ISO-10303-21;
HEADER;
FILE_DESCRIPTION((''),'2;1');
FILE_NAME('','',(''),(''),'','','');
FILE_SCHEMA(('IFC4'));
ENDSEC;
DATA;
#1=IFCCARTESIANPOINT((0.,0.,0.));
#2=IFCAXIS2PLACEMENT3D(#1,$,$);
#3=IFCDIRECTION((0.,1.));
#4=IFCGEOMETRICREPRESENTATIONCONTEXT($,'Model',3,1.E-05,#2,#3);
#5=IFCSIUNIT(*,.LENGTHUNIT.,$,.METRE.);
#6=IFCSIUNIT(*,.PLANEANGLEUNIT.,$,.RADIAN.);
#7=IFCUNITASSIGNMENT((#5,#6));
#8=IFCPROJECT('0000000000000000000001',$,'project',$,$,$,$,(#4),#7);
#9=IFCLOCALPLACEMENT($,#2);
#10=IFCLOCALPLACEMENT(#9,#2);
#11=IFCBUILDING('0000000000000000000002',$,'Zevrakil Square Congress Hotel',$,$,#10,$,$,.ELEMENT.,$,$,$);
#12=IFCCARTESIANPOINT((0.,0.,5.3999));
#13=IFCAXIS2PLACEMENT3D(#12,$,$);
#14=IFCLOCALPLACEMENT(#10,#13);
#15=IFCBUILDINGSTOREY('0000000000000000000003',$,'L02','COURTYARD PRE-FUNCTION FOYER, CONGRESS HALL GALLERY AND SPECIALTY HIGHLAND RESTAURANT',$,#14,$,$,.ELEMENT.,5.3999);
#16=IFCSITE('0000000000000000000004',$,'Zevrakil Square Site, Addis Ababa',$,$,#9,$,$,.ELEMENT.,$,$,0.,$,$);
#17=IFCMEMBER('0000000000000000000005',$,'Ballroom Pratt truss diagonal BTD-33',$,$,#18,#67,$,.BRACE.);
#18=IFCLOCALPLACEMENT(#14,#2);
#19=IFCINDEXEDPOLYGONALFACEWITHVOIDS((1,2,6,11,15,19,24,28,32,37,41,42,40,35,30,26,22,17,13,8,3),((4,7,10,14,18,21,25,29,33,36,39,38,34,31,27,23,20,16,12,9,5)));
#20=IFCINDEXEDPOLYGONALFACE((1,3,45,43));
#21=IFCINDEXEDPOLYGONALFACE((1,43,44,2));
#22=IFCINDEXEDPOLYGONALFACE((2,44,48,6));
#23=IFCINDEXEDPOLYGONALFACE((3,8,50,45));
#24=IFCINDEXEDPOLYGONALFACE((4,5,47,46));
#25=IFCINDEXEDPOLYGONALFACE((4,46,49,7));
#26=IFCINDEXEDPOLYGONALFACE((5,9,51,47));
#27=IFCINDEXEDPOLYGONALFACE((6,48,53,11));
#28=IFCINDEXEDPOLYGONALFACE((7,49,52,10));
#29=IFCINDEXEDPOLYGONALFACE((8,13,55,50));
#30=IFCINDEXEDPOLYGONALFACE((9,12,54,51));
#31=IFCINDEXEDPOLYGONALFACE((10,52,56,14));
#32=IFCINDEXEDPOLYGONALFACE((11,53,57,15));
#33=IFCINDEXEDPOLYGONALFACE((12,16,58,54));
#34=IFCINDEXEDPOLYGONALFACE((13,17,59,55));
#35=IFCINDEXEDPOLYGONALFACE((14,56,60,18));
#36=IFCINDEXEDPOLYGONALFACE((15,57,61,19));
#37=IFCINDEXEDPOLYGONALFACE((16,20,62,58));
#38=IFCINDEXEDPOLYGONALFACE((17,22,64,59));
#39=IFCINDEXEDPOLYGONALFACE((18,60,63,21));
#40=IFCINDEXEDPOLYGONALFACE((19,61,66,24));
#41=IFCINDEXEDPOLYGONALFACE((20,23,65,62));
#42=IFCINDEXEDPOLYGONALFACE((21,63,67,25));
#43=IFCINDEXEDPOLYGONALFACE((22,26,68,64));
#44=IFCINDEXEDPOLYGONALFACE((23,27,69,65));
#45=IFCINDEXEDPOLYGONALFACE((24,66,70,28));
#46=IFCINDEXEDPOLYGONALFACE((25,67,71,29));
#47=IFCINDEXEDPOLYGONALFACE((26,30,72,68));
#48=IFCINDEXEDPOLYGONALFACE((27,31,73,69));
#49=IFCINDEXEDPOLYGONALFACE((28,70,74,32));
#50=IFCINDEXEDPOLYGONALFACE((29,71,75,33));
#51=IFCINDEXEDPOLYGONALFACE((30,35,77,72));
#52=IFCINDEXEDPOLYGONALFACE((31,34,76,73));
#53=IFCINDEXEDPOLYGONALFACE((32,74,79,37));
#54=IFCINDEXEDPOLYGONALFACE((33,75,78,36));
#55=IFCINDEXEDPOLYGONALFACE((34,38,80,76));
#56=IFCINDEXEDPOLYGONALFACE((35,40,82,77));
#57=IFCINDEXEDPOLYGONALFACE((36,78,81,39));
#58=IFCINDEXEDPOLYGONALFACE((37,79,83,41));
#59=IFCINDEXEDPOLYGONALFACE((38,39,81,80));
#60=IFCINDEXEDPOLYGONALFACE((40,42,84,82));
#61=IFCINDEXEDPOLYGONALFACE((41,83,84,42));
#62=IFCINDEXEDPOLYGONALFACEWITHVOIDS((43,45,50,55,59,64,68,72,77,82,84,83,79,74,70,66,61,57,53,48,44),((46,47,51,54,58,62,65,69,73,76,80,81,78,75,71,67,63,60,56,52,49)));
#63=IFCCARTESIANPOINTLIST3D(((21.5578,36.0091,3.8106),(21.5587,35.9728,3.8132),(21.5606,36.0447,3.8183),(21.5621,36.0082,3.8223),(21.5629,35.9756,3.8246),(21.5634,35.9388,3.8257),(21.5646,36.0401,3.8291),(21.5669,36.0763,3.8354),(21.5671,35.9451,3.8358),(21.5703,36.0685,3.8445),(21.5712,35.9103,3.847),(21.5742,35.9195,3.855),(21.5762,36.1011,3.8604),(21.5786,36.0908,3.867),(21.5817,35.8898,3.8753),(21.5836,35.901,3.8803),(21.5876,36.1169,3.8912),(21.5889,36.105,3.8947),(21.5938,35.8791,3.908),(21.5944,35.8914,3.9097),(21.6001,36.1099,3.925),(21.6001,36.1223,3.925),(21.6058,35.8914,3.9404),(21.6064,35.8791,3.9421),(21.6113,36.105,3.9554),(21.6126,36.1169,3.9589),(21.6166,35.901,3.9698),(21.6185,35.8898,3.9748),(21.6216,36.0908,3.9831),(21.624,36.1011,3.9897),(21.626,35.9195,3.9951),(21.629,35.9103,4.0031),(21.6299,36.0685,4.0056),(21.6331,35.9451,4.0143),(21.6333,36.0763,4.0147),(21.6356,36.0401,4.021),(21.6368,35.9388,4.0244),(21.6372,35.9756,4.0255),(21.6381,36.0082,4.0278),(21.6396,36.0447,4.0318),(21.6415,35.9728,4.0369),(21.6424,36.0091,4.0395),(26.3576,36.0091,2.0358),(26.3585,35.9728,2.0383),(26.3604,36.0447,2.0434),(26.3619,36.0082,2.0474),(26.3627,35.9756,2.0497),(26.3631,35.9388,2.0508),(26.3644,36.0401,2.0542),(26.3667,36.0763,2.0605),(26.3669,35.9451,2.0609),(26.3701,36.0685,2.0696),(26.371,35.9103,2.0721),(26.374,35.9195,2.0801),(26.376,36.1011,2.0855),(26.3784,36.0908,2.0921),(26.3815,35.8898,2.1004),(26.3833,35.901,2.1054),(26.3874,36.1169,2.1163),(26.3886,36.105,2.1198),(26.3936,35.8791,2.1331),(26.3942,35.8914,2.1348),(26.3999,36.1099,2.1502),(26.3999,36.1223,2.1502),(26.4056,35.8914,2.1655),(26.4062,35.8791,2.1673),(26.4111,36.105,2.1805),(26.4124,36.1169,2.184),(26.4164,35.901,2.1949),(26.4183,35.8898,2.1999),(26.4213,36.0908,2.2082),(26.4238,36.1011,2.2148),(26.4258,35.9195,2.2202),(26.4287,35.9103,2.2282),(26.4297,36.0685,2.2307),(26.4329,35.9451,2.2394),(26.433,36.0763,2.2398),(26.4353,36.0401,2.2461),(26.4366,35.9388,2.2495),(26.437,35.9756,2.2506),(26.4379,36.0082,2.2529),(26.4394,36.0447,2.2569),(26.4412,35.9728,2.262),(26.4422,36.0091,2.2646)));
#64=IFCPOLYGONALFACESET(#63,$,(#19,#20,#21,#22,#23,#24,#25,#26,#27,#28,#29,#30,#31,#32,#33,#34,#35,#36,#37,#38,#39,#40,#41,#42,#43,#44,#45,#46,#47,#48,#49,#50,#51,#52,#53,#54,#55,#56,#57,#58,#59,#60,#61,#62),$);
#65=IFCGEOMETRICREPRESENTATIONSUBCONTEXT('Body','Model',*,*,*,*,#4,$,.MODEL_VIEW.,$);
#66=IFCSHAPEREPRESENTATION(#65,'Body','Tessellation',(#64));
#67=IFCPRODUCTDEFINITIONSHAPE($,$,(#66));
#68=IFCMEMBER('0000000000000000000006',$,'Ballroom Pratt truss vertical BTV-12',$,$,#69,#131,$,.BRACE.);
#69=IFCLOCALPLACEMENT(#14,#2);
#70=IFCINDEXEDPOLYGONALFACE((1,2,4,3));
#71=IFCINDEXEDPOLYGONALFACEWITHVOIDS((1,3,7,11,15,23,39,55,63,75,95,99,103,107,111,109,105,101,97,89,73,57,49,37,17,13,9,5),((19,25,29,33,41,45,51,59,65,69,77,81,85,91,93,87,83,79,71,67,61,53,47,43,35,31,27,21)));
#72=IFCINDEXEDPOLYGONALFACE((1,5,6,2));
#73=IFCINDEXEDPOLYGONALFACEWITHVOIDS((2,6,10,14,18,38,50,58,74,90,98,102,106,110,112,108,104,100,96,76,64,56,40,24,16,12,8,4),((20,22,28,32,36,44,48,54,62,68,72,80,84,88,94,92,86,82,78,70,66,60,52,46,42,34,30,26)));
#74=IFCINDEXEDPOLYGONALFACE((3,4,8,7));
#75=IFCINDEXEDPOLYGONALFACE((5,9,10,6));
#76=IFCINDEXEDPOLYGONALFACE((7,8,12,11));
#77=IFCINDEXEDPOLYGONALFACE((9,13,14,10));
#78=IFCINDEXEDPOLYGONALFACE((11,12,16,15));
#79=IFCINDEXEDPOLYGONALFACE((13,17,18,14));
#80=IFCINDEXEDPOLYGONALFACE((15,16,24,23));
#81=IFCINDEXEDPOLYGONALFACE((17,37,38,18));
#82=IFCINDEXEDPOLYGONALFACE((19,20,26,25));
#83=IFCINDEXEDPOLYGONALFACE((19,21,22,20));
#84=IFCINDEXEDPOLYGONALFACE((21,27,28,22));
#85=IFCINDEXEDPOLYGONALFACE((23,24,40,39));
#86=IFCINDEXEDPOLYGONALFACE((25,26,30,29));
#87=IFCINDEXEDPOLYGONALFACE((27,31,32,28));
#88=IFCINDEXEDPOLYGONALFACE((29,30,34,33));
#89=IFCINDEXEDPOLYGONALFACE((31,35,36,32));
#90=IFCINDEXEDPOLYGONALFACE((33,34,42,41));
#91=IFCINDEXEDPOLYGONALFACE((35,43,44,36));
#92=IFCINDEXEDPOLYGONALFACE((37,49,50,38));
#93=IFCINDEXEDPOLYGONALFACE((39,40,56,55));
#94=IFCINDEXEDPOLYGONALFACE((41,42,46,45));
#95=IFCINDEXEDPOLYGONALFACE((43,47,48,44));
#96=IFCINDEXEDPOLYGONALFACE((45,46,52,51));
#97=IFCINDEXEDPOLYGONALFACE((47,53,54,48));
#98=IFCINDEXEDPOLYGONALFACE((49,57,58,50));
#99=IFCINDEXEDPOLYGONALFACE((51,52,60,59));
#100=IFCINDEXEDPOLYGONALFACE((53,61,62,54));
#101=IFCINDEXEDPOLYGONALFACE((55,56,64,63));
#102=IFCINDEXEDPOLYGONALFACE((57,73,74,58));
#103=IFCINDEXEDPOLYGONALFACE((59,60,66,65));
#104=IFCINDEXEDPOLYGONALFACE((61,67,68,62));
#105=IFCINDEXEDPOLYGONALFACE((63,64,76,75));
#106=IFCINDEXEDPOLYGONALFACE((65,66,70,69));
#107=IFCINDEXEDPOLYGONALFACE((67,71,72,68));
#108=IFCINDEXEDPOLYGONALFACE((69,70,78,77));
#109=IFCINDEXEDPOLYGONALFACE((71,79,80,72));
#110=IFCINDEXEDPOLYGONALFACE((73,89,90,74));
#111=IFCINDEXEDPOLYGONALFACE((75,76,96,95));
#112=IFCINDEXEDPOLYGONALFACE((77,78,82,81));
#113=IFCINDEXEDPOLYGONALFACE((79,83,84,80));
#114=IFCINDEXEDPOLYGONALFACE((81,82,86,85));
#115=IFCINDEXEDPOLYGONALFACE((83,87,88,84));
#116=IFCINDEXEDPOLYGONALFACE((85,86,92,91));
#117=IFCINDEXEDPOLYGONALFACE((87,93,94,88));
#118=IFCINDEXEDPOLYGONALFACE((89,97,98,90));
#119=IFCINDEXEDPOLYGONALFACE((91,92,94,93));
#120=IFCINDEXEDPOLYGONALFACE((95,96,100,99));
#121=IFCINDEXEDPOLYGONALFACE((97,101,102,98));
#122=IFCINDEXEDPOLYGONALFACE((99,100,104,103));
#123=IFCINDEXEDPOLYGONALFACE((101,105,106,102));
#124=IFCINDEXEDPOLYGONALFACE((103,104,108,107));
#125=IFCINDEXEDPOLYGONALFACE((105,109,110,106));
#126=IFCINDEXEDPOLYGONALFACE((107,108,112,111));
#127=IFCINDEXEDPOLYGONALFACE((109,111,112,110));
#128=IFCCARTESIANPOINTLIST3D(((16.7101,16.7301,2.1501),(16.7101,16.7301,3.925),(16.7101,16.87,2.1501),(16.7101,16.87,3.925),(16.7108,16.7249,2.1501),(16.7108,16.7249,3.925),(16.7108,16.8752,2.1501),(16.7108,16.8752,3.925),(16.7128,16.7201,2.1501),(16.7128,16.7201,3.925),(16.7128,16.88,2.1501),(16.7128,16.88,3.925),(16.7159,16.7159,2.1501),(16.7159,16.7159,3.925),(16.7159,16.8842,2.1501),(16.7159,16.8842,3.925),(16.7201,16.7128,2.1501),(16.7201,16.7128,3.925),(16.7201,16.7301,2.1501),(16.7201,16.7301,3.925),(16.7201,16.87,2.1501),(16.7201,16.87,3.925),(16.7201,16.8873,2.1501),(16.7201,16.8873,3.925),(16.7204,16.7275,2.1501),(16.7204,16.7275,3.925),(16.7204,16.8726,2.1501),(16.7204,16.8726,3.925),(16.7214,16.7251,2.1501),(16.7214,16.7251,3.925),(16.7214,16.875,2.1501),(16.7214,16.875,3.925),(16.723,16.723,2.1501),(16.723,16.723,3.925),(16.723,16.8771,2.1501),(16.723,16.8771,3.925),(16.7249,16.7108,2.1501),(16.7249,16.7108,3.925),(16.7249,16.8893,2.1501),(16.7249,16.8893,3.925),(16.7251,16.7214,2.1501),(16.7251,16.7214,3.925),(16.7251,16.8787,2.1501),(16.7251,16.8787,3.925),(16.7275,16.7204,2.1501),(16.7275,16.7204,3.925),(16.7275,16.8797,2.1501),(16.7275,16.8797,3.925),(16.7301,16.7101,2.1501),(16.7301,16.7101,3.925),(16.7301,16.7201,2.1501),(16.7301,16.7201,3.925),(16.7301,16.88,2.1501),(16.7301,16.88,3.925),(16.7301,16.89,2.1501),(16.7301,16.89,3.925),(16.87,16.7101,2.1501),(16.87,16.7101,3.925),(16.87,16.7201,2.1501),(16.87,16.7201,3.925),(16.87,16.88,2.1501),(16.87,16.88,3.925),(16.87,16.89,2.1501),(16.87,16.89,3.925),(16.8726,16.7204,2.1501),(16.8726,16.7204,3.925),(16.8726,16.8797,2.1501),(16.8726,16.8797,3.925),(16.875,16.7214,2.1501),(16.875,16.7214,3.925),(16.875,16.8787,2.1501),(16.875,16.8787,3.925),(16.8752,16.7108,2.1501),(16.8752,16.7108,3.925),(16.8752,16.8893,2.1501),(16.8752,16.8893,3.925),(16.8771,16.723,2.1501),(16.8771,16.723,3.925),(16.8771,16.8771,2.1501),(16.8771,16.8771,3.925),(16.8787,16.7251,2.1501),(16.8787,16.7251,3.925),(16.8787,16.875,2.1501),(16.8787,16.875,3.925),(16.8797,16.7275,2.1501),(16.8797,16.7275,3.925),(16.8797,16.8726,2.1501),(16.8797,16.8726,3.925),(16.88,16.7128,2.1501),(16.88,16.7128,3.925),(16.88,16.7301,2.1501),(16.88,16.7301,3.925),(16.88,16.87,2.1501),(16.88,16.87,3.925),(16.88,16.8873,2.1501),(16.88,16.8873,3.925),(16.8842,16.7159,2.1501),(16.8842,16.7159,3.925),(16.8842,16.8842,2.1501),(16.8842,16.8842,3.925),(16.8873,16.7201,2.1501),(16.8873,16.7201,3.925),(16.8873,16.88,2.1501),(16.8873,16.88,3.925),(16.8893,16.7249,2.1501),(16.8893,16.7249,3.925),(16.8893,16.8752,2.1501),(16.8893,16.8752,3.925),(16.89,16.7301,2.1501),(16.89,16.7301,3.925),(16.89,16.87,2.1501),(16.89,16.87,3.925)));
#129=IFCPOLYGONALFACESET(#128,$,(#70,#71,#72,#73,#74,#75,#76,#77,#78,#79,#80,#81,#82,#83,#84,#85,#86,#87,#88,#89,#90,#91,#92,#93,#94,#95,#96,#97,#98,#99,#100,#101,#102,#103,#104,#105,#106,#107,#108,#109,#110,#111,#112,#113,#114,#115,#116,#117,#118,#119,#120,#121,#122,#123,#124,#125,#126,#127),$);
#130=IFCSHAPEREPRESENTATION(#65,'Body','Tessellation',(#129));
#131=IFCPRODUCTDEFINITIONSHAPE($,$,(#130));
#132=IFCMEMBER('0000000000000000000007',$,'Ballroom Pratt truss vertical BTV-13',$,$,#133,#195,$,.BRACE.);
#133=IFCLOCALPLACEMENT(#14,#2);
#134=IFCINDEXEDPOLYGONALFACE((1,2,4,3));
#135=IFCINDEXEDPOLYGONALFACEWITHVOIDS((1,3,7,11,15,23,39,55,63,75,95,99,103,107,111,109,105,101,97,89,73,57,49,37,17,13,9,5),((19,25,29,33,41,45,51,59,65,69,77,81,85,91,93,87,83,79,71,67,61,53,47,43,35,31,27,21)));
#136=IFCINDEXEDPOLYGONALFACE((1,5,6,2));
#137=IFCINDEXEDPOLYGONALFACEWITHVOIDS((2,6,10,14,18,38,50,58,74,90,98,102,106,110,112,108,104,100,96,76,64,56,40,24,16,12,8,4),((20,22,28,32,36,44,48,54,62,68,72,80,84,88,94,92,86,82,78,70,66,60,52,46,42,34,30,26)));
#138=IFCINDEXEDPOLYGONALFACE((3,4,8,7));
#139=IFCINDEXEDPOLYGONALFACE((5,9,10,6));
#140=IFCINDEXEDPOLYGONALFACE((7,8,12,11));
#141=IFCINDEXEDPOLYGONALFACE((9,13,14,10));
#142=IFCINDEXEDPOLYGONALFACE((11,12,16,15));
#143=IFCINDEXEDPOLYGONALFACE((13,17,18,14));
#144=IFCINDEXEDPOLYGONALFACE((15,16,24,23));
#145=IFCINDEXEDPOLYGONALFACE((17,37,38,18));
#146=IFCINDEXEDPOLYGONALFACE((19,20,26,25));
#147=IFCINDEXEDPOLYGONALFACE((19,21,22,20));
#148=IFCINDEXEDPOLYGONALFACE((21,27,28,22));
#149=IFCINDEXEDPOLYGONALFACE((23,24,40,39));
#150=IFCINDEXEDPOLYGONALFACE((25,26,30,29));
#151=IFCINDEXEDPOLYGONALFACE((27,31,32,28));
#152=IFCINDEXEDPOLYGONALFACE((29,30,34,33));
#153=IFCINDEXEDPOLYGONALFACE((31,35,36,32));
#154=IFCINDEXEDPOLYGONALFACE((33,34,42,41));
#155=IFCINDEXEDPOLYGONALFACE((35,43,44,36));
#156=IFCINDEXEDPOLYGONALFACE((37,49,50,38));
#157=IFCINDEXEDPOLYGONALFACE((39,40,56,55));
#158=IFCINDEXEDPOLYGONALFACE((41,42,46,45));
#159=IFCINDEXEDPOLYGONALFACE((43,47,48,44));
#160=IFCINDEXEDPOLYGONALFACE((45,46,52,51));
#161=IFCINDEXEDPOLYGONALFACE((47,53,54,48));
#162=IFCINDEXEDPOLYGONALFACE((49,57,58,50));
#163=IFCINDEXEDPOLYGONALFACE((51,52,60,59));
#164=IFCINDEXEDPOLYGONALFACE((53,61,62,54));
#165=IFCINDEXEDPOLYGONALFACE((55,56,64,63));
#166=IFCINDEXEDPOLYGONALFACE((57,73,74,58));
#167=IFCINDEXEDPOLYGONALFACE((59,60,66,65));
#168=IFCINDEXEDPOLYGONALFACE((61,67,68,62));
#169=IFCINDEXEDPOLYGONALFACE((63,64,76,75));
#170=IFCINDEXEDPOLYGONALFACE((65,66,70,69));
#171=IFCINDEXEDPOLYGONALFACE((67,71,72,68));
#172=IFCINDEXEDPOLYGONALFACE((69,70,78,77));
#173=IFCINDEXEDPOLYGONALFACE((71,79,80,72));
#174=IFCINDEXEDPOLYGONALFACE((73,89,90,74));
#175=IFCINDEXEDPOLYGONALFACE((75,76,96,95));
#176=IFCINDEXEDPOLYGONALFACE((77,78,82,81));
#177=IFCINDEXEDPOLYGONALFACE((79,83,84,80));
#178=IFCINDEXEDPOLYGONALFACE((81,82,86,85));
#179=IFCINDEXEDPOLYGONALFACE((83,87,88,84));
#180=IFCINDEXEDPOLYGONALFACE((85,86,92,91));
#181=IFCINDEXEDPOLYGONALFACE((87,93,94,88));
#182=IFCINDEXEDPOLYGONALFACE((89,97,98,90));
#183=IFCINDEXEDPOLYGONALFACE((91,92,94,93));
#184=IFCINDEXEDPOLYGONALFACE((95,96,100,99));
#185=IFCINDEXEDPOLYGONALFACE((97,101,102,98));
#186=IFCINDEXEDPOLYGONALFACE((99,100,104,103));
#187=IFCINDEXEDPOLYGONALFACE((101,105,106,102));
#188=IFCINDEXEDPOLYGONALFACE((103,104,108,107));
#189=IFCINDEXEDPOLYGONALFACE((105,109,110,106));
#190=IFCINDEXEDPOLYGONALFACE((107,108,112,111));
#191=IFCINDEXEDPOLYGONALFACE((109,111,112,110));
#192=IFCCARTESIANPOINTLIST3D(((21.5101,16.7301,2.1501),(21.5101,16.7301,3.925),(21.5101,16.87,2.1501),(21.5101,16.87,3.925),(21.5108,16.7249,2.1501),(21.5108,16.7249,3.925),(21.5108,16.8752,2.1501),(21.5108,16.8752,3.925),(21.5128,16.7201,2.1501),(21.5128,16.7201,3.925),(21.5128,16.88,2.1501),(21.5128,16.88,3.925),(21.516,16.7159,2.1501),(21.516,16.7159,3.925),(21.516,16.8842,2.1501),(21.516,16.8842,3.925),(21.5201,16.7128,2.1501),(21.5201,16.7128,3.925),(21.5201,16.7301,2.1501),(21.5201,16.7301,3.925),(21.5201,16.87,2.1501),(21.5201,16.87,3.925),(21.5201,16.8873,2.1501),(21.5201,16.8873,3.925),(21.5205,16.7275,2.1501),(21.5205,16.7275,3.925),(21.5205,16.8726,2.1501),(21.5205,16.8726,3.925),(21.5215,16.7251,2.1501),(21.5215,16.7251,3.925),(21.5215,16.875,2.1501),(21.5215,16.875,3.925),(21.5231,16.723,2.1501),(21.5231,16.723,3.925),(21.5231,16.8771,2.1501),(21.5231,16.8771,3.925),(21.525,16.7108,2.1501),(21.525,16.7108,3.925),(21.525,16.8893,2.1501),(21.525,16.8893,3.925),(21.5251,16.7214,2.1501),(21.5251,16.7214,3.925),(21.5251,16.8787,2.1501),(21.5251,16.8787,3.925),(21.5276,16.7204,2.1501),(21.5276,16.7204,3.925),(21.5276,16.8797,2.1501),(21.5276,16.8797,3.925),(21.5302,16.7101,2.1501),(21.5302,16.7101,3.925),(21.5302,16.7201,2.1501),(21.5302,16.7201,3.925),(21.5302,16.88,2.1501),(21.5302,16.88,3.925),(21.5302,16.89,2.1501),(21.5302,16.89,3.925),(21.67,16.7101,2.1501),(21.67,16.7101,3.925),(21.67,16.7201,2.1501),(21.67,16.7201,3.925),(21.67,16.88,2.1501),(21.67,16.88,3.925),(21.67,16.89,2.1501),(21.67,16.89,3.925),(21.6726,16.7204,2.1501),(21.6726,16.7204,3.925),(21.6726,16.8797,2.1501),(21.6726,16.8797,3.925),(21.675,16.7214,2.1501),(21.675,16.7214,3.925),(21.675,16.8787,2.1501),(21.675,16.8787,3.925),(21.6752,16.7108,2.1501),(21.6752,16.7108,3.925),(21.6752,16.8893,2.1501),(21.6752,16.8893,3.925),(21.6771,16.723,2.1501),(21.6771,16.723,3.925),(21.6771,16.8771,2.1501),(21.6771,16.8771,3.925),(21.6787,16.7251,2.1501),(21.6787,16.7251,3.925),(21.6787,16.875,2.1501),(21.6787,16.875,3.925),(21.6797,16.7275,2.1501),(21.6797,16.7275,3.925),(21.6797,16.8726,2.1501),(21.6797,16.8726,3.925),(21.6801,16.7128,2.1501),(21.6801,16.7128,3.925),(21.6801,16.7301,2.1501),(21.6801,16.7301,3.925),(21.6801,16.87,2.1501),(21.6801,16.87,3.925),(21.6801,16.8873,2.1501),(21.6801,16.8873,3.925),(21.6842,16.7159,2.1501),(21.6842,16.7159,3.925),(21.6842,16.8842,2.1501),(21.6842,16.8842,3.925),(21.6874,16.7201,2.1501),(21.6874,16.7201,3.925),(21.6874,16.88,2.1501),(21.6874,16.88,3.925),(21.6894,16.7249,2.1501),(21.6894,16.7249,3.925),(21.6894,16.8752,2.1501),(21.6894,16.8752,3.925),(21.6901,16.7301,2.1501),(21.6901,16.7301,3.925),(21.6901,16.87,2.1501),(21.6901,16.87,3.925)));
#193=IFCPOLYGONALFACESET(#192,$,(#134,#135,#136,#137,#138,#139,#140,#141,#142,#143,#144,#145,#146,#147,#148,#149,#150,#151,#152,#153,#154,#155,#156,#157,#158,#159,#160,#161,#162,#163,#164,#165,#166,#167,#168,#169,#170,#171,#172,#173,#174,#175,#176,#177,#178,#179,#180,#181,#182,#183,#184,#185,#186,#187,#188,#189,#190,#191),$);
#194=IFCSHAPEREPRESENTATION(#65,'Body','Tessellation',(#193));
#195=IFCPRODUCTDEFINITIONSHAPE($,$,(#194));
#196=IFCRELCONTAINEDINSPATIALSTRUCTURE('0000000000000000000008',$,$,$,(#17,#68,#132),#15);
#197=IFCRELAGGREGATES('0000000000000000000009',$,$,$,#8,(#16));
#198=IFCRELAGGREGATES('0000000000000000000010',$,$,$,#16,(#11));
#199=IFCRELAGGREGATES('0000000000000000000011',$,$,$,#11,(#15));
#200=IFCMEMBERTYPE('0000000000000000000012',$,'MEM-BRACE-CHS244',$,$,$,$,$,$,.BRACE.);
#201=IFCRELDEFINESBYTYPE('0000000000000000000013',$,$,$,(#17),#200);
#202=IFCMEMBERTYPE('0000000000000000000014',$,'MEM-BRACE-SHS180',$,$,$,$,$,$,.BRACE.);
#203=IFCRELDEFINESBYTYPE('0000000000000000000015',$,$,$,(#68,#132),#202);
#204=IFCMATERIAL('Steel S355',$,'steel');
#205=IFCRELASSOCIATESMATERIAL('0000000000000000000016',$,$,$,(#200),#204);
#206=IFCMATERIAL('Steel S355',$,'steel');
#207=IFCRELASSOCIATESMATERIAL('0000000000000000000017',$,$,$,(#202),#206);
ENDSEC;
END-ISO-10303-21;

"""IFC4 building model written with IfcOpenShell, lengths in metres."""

from ifc_helpers import new_model, si_unit, direction, frame, origin, origin_2d, place, context, subcontext, project, spatial, hollow_rectangle, hollow_circle, extrude, material, material_profile, profile_set, type_object, element, save


model = new_model("IFC4")

# Units and contexts
model_context = context("Model", 3, precision=1e-05, world=origin(), true_north=direction((0.0, 1.0)))
body_context = subcontext(model_context, "Body", "Model", "MODEL_VIEW")
ifc_project = project(units=[si_unit("LENGTHUNIT", "METRE"), si_unit("PLANEANGLEUNIT", "RADIAN")], contexts=[model_context])

# Site, building, storey
site_placement = place(None, origin())
site = spatial("IfcSite", under=ifc_project, at=site_placement, Name="Zevrakil Square Site, Addis Ababa", CompositionType="ELEMENT", RefElevation=0.0)
building_placement = place(site_placement, origin())
building = spatial("IfcBuilding", under=site, at=building_placement, Name="Zevrakil Square Congress Hotel", CompositionType="ELEMENT")
storey_placement = place(building_placement, frame((0.0, 0.0, 5.3999)))
storey = spatial("IfcBuildingStorey", under=building, at=storey_placement, Name="L02", Description="COURTYARD PRE-FUNCTION FOYER, CONGRESS HALL GALLERY AND SPECIALTY HIGHLAND RESTAURANT", CompositionType="ELEMENT", Elevation=5.3999)

# Members
ifc_material_1 = material(Name="Steel S355", Category="steel")
ifc_material_profile_1 = material_profile(ifc_material_1, hollow_circle(Radius=0.1223, WallThickness=0.0125, at=origin_2d()), Name="CHS 244.5x12.5")
ifc_profile_set_1 = profile_set([ifc_material_profile_1], Name="Steel S355")
member_type_1 = type_object("IfcMemberType", Name="MEM-BRACE-CHS244", PredefinedType="BRACE", material=ifc_profile_set_1)
member_1_placement = place(storey_placement, frame((21.6001, 36.0, 3.925), z_axis=(0.937927, 0.0, -0.346833), x_axis=(0.0, 1.0, 0.0)))
element("IfcMember", 1, at=member_1_placement, inside=storey, type_object=member_type_1, Name="Ballroom Pratt truss diagonal BTD-33", PredefinedType="BRACE", context=body_context, shape_type="SweptSolid", body=[
    extrude(hollow_circle(Radius=0.1223, WallThickness=0.0125, at=origin_2d()), origin(), (0.0, 0.0, 1.0), 5.1174),
])
ifc_material_2 = material(Name="Steel S355", Category="steel")
ifc_material_profile_2 = material_profile(ifc_material_2, hollow_rectangle(XDim=0.1799, YDim=0.1799, WallThickness=0.01, InnerFilletRadius=0.01, OuterFilletRadius=0.02, at=origin_2d()), Name="SHS 180x180x10")
ifc_profile_set_2 = profile_set([ifc_material_profile_2], Name="Steel S355")
member_type_2 = type_object("IfcMemberType", Name="MEM-BRACE-SHS180", PredefinedType="BRACE", material=ifc_profile_set_2)
for number, where, z_axis, x_axis, name in (
    (2, (16.8, 16.8, 2.1501), (0.0, 0.0, 1.0), (1.0, 0.0, 0.0), "Ballroom Pratt truss vertical BTV-12"),
    (3, (21.6001, 16.8, 2.1501), (0.0, 0.0, 1.0), (1.0, 0.0, 0.0), "Ballroom Pratt truss vertical BTV-13"),
):
    element("IfcMember", number, at=place(storey_placement, frame(where, z_axis=z_axis, x_axis=x_axis)), inside=storey, type_object=member_type_2, Name=name, PredefinedType="BRACE", context=body_context, shape_type="SweptSolid", body=[
        extrude(hollow_rectangle(XDim=0.1799, YDim=0.1799, WallThickness=0.01, InnerFilletRadius=0.01, OuterFilletRadius=0.02, at=origin_2d()), origin(), (0.0, 0.0, 1.0), 1.7749),
    ])

save(model, "model.ifc")
